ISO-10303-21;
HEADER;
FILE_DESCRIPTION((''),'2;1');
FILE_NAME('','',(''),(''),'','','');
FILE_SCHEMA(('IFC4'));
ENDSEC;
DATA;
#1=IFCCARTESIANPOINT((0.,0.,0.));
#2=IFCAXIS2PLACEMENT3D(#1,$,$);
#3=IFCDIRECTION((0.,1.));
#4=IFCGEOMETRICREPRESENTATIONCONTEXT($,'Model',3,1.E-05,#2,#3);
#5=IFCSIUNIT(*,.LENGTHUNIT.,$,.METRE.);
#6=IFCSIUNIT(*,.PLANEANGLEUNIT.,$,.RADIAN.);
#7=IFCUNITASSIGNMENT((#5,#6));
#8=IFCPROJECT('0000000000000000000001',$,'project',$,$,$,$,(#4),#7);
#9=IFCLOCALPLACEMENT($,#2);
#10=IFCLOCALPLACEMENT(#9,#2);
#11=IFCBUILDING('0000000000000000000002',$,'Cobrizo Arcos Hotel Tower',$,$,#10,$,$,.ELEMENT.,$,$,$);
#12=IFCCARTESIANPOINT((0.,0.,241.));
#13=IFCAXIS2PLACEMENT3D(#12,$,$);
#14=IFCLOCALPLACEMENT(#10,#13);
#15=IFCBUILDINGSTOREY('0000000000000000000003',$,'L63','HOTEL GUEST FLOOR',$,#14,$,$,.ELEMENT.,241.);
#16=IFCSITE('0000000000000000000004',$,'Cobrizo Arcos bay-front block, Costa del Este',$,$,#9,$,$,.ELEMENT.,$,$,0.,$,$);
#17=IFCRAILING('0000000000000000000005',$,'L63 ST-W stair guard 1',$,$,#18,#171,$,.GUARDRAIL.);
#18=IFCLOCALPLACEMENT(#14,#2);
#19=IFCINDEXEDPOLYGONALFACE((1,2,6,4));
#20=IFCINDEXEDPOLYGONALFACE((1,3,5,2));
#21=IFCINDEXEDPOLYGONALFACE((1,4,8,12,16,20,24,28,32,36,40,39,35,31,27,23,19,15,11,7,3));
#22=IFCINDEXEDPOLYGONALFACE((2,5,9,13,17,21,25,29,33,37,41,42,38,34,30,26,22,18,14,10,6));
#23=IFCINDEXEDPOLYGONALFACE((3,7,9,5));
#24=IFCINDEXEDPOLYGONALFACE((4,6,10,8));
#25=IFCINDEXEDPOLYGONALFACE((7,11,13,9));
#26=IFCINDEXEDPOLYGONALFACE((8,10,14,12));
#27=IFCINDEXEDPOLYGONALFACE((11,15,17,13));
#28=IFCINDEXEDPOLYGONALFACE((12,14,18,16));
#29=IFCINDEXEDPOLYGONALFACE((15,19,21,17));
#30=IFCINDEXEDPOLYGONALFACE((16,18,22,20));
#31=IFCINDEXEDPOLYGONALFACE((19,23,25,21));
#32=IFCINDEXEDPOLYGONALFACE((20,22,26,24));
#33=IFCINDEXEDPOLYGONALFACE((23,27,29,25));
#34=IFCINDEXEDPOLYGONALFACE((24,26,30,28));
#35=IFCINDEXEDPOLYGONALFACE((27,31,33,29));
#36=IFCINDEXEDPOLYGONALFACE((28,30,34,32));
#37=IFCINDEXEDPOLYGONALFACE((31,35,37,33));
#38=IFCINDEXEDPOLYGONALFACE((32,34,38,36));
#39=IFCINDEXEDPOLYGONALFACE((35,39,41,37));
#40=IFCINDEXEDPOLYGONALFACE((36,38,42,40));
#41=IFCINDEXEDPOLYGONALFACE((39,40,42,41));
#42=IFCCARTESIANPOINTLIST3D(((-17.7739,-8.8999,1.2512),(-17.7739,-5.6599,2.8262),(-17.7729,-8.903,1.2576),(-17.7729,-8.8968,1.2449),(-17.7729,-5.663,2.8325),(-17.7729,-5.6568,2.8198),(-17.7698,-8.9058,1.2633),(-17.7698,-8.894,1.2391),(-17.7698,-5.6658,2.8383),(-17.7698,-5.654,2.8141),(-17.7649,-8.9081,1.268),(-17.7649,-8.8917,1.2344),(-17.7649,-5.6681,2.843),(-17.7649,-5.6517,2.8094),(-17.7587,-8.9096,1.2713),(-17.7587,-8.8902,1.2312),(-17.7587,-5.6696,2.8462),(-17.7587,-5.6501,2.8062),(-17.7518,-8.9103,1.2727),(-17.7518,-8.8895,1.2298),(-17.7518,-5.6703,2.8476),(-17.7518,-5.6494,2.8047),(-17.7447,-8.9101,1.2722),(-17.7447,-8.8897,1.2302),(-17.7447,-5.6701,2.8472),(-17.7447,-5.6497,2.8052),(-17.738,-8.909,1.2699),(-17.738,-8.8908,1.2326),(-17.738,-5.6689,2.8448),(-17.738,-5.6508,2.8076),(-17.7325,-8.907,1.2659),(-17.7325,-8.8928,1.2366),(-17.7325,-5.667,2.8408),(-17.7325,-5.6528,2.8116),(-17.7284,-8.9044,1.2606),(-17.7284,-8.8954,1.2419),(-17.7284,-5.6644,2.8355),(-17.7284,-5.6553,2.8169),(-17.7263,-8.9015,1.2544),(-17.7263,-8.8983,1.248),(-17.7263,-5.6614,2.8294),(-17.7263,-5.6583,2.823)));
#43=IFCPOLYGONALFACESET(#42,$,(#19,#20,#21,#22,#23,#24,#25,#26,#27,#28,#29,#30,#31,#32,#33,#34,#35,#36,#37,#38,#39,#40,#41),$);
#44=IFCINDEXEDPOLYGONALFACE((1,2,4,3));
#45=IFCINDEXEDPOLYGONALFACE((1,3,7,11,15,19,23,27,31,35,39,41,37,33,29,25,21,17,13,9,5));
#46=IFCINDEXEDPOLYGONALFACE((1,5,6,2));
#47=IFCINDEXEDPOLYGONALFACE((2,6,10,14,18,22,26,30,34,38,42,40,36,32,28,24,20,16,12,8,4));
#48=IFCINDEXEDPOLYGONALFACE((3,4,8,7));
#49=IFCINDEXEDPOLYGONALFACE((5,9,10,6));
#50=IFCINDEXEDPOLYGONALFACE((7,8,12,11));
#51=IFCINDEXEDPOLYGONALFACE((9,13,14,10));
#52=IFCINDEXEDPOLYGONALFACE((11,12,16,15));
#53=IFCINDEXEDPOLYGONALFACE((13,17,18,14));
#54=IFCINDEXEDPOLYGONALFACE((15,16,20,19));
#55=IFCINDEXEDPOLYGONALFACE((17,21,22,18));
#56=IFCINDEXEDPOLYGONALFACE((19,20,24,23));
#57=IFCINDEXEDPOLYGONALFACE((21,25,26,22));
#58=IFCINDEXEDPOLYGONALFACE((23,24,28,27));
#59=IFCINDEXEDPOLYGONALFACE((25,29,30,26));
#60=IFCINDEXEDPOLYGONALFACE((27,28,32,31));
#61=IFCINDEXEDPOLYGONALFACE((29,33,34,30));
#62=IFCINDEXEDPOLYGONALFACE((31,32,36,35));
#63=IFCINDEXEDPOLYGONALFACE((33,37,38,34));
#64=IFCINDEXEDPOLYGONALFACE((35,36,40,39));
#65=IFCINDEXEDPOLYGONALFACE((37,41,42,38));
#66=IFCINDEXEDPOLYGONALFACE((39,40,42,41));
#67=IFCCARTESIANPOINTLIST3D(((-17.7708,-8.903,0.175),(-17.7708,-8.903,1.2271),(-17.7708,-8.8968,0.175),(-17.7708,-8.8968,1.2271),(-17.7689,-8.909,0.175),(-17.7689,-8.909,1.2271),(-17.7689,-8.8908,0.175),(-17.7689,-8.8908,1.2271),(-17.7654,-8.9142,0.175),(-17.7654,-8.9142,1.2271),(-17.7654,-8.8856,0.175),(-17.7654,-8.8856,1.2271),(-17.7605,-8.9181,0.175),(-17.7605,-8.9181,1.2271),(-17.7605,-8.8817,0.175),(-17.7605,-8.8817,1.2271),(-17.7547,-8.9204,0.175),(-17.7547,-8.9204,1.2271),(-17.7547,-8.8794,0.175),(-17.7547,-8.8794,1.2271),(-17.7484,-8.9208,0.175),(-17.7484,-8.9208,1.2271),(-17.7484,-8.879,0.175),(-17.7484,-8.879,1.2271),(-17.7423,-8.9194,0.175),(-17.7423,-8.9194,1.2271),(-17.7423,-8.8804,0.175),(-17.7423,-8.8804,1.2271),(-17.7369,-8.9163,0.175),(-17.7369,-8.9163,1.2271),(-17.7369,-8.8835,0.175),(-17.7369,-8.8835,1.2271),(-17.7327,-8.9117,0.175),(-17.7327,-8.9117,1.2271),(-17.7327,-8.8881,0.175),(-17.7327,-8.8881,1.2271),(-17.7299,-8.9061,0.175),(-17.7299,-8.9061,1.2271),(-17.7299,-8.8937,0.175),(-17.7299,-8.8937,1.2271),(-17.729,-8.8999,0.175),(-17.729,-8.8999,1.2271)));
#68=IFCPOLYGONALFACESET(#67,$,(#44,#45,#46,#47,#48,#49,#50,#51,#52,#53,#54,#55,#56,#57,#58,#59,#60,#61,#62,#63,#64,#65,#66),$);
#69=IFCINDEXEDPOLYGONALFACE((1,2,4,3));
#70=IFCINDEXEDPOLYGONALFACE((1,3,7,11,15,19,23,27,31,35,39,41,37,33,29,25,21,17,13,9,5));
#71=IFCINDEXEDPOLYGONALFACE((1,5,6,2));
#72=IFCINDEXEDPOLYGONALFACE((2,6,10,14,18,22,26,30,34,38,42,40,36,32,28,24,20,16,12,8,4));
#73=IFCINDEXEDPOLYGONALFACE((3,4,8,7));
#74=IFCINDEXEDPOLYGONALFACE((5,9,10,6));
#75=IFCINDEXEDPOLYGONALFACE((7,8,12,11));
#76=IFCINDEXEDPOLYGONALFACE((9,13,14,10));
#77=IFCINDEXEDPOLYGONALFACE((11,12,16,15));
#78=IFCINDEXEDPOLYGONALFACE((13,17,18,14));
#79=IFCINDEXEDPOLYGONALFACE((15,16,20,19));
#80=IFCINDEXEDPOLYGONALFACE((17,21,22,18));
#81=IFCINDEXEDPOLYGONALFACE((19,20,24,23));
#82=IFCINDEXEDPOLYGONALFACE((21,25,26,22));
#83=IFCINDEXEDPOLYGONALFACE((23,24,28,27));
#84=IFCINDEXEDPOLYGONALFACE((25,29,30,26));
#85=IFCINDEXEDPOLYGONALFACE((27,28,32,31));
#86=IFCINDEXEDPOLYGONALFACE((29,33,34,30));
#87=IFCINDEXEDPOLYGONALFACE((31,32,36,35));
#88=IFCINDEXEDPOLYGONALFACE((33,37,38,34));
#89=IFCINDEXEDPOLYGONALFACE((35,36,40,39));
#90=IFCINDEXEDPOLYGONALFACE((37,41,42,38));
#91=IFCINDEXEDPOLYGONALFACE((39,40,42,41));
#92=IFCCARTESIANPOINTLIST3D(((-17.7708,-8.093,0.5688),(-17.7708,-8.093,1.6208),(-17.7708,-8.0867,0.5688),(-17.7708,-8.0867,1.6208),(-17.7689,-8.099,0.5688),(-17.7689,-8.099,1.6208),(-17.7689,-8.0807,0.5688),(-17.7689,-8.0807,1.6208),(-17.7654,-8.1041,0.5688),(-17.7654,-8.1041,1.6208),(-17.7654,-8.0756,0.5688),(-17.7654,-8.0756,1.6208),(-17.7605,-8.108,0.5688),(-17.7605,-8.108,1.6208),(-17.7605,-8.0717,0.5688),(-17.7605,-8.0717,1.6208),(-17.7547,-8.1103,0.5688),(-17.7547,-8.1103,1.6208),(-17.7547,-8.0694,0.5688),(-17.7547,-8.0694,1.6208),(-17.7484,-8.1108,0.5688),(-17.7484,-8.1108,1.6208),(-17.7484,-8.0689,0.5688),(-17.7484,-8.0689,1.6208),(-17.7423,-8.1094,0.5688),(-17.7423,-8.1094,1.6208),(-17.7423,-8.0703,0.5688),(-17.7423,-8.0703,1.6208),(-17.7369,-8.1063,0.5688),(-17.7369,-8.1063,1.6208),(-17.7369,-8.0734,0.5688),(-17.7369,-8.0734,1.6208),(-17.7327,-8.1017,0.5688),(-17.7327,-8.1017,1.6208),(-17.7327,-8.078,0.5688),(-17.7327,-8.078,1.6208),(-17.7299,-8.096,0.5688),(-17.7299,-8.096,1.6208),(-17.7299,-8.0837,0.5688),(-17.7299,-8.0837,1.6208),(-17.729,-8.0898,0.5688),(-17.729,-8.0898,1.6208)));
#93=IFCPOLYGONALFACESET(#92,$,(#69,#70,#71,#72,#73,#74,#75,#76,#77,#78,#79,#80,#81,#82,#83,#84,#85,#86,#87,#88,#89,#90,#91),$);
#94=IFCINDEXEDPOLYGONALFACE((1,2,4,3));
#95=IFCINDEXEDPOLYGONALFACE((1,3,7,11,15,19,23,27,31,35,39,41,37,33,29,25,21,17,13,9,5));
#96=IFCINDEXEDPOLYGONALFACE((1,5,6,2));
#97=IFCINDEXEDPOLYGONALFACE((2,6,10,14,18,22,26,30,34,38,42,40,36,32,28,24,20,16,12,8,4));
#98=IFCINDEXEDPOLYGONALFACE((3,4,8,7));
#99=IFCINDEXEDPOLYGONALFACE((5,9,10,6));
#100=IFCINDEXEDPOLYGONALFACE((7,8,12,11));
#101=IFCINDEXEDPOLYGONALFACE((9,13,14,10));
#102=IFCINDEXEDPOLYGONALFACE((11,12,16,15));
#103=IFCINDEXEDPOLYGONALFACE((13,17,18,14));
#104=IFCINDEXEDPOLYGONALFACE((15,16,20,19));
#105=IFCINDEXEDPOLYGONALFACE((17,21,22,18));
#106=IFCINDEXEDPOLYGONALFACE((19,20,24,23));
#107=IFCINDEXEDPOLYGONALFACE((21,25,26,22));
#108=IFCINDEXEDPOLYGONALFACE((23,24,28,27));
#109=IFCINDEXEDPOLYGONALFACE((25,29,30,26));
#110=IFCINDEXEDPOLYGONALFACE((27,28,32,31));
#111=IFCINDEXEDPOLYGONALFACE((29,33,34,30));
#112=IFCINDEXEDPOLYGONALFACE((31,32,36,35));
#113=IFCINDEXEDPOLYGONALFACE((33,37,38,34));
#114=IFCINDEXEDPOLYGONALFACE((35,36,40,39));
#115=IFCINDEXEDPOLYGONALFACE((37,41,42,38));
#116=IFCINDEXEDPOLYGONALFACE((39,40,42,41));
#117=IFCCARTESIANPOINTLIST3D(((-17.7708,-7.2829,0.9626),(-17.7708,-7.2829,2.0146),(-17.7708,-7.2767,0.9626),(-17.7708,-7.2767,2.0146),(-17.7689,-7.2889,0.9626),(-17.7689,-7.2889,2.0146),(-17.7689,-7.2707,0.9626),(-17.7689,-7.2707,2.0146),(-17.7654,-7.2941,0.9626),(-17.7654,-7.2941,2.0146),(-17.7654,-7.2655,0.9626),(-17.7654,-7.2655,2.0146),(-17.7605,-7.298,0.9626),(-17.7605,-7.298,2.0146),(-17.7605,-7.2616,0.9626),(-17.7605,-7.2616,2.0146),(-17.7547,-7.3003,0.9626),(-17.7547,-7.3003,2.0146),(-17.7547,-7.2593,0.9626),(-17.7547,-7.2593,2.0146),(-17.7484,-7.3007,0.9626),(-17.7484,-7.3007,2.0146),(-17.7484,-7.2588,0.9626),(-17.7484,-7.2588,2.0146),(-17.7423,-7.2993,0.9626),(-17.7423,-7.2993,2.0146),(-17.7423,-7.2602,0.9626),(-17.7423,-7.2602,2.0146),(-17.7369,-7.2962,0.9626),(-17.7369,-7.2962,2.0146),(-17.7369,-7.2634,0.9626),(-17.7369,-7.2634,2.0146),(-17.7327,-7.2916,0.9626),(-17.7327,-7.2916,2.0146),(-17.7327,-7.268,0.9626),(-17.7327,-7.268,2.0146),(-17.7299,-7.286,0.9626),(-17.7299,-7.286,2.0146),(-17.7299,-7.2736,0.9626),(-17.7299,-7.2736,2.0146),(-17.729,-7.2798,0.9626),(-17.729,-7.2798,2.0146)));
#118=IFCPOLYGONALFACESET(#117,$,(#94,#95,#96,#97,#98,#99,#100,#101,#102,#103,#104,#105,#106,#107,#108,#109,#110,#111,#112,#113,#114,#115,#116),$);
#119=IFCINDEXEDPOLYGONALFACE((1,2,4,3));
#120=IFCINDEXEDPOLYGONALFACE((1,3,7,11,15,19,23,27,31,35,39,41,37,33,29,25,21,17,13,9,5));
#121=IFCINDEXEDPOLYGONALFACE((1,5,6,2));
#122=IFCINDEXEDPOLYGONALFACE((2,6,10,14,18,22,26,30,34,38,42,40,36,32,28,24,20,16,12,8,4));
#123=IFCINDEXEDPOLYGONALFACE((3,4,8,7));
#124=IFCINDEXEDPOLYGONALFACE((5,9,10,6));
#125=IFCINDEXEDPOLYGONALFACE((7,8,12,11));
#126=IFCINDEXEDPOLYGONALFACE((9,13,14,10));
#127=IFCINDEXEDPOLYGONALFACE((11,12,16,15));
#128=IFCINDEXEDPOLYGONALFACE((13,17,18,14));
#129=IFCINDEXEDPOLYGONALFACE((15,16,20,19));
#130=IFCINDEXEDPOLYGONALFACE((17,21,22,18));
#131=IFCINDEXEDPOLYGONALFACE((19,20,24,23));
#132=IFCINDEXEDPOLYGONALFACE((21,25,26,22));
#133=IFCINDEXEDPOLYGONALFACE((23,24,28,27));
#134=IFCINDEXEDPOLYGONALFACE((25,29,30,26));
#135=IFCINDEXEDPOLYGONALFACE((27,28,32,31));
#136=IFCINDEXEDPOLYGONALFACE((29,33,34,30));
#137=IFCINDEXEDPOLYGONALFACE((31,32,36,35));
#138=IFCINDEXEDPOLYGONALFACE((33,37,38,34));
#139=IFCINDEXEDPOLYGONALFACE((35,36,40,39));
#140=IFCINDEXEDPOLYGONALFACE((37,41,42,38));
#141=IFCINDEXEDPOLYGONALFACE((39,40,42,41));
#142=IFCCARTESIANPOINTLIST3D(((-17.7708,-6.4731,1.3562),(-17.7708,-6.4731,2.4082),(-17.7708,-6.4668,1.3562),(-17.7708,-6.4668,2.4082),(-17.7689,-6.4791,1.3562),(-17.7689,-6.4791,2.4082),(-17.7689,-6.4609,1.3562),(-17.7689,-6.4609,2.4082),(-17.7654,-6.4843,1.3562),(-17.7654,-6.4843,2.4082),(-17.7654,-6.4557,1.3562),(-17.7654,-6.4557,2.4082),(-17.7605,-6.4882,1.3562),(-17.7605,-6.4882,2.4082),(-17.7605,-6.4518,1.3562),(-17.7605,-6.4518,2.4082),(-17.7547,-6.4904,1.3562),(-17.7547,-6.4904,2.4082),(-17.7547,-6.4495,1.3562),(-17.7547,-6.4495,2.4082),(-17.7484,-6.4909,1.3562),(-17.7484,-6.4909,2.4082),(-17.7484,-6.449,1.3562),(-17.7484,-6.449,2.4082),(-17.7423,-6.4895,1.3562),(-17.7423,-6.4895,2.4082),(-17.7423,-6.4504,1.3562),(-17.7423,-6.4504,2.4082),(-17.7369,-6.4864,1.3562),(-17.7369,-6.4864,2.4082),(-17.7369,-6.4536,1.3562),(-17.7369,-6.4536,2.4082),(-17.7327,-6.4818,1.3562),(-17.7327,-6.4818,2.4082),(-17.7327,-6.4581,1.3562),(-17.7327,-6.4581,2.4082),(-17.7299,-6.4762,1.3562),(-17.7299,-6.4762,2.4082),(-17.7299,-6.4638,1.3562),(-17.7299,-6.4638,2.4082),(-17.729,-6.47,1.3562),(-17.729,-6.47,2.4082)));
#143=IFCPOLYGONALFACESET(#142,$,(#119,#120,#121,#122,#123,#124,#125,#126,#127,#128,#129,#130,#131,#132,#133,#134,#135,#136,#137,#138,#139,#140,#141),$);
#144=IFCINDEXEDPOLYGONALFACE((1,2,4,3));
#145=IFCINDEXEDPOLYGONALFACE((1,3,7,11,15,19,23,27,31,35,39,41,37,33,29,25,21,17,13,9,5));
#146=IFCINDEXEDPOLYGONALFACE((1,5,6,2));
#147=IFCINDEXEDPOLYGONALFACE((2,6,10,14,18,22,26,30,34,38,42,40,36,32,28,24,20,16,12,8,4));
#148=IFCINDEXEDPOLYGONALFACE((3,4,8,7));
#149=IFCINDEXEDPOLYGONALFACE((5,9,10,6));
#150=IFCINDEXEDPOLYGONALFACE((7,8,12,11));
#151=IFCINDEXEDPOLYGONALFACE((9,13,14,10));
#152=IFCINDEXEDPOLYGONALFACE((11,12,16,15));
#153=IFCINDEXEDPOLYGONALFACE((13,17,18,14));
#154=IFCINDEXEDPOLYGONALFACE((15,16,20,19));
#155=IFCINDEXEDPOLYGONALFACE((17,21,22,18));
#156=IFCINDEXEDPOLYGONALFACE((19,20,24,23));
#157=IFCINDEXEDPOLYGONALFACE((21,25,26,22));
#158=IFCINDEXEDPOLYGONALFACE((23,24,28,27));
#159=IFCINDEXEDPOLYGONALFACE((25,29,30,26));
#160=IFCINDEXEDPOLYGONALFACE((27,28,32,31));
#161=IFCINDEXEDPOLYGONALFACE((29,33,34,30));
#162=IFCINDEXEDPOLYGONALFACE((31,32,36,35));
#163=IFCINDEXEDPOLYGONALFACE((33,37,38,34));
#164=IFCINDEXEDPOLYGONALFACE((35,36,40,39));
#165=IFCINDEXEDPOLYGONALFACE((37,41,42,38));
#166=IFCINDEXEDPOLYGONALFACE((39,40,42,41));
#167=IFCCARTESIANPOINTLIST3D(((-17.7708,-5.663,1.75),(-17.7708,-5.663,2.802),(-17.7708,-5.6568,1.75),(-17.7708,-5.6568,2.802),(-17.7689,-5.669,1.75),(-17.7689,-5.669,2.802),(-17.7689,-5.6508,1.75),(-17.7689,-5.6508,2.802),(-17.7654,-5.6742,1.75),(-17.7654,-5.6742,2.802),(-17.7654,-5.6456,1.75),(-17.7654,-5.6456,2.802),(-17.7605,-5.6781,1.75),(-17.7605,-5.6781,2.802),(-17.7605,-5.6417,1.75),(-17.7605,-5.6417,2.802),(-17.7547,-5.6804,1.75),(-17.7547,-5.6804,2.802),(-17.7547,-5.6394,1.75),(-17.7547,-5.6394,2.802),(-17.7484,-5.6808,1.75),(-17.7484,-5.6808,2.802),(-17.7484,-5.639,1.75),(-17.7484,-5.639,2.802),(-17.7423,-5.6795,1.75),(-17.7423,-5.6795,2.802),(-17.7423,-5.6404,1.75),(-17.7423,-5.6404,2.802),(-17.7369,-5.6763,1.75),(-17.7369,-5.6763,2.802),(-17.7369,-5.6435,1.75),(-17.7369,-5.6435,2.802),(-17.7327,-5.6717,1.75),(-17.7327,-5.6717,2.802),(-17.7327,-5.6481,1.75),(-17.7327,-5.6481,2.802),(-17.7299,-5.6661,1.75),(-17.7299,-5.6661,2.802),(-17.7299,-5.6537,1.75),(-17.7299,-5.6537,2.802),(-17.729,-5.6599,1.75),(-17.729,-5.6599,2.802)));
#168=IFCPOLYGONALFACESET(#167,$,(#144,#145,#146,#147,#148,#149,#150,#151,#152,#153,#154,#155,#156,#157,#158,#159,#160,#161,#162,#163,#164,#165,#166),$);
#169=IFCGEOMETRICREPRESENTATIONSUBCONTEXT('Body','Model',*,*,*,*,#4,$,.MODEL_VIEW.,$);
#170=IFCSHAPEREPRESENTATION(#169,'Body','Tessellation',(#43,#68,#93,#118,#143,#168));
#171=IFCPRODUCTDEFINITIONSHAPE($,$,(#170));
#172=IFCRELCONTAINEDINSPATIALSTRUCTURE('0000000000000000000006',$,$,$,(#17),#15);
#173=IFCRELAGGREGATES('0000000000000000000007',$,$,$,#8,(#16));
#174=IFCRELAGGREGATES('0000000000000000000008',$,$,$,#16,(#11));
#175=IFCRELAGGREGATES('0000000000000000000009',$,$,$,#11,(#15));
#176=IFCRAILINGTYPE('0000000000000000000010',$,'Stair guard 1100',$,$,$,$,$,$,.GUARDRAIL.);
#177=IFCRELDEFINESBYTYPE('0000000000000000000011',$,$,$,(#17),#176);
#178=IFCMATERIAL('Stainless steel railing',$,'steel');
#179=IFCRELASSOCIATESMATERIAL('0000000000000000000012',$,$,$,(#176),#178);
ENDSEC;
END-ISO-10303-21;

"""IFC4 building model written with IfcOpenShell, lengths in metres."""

from ifc_helpers import new_model, si_unit, direction, frame, origin, origin_2d, place, context, subcontext, project, spatial, circle, extrude, material, type_object, element, save


model = new_model("IFC4")

# Units and contexts
model_context = context("Model", 3, precision=1e-05, world=origin(), true_north=direction((0.0, 1.0)))
body_context = subcontext(model_context, "Body", "Model", "MODEL_VIEW")
ifc_project = project(units=[si_unit("LENGTHUNIT", "METRE"), si_unit("PLANEANGLEUNIT", "RADIAN")], contexts=[model_context])

# Site, building, storey
site_placement = place(None, origin())
site = spatial("IfcSite", under=ifc_project, at=site_placement, Name="Cobrizo Arcos bay-front block, Costa del Este", CompositionType="ELEMENT", RefElevation=0.0)
building_placement = place(site_placement, origin())
building = spatial("IfcBuilding", under=site, at=building_placement, Name="Cobrizo Arcos Hotel Tower", CompositionType="ELEMENT")
storey_placement = place(building_placement, frame((0.0, 0.0, 241.0)))
storey = spatial("IfcBuildingStorey", under=building, at=storey_placement, Name="L63", Description="HOTEL GUEST FLOOR", CompositionType="ELEMENT", Elevation=241.0)

# Railing
ifc_material_1 = material(Name="Stainless steel railing", Category="steel")
railing_type_1 = type_object("IfcRailingType", Name="Stair guard 1100", PredefinedType="GUARDRAIL", material=ifc_material_1)
railing_1_placement = place(storey_placement, frame((-17.75, -8.8999, 0.175)))
element("IfcRailing", 1, at=railing_1_placement, inside=storey, type_object=railing_type_1, Name="L63 ST-W stair guard 1", PredefinedType="GUARDRAIL", context=body_context, shape_type="SweptSolid", body=[
    extrude(circle(Radius=0.0239, at=origin_2d()), frame((0.0, 0.0, 1.0762), z_axis=(0.0, 0.899373, 0.437183), x_axis=(-1.0, 0.0, 0.0)), (0.0, 0.0, 1.0), 3.6025),
    extrude(circle(Radius=0.021, at=origin_2d()), origin(), (0.0, 0.0, 1.0), 1.052),
    extrude(circle(Radius=0.021, at=origin_2d()), frame((0.0, 0.8101, 0.3938)), (0.0, 0.0, 1.0), 1.052),
    extrude(circle(Radius=0.021, at=origin_2d()), frame((0.0, 1.6201, 0.7876)), (0.0, 0.0, 1.0), 1.052),
    extrude(circle(Radius=0.021, at=origin_2d()), frame((0.0, 2.4299, 1.1812)), (0.0, 0.0, 1.0), 1.052),
    extrude(circle(Radius=0.021, at=origin_2d()), frame((0.0, 3.24, 1.575)), (0.0, 0.0, 1.0), 1.052),
])

save(model, "model.ifc")
